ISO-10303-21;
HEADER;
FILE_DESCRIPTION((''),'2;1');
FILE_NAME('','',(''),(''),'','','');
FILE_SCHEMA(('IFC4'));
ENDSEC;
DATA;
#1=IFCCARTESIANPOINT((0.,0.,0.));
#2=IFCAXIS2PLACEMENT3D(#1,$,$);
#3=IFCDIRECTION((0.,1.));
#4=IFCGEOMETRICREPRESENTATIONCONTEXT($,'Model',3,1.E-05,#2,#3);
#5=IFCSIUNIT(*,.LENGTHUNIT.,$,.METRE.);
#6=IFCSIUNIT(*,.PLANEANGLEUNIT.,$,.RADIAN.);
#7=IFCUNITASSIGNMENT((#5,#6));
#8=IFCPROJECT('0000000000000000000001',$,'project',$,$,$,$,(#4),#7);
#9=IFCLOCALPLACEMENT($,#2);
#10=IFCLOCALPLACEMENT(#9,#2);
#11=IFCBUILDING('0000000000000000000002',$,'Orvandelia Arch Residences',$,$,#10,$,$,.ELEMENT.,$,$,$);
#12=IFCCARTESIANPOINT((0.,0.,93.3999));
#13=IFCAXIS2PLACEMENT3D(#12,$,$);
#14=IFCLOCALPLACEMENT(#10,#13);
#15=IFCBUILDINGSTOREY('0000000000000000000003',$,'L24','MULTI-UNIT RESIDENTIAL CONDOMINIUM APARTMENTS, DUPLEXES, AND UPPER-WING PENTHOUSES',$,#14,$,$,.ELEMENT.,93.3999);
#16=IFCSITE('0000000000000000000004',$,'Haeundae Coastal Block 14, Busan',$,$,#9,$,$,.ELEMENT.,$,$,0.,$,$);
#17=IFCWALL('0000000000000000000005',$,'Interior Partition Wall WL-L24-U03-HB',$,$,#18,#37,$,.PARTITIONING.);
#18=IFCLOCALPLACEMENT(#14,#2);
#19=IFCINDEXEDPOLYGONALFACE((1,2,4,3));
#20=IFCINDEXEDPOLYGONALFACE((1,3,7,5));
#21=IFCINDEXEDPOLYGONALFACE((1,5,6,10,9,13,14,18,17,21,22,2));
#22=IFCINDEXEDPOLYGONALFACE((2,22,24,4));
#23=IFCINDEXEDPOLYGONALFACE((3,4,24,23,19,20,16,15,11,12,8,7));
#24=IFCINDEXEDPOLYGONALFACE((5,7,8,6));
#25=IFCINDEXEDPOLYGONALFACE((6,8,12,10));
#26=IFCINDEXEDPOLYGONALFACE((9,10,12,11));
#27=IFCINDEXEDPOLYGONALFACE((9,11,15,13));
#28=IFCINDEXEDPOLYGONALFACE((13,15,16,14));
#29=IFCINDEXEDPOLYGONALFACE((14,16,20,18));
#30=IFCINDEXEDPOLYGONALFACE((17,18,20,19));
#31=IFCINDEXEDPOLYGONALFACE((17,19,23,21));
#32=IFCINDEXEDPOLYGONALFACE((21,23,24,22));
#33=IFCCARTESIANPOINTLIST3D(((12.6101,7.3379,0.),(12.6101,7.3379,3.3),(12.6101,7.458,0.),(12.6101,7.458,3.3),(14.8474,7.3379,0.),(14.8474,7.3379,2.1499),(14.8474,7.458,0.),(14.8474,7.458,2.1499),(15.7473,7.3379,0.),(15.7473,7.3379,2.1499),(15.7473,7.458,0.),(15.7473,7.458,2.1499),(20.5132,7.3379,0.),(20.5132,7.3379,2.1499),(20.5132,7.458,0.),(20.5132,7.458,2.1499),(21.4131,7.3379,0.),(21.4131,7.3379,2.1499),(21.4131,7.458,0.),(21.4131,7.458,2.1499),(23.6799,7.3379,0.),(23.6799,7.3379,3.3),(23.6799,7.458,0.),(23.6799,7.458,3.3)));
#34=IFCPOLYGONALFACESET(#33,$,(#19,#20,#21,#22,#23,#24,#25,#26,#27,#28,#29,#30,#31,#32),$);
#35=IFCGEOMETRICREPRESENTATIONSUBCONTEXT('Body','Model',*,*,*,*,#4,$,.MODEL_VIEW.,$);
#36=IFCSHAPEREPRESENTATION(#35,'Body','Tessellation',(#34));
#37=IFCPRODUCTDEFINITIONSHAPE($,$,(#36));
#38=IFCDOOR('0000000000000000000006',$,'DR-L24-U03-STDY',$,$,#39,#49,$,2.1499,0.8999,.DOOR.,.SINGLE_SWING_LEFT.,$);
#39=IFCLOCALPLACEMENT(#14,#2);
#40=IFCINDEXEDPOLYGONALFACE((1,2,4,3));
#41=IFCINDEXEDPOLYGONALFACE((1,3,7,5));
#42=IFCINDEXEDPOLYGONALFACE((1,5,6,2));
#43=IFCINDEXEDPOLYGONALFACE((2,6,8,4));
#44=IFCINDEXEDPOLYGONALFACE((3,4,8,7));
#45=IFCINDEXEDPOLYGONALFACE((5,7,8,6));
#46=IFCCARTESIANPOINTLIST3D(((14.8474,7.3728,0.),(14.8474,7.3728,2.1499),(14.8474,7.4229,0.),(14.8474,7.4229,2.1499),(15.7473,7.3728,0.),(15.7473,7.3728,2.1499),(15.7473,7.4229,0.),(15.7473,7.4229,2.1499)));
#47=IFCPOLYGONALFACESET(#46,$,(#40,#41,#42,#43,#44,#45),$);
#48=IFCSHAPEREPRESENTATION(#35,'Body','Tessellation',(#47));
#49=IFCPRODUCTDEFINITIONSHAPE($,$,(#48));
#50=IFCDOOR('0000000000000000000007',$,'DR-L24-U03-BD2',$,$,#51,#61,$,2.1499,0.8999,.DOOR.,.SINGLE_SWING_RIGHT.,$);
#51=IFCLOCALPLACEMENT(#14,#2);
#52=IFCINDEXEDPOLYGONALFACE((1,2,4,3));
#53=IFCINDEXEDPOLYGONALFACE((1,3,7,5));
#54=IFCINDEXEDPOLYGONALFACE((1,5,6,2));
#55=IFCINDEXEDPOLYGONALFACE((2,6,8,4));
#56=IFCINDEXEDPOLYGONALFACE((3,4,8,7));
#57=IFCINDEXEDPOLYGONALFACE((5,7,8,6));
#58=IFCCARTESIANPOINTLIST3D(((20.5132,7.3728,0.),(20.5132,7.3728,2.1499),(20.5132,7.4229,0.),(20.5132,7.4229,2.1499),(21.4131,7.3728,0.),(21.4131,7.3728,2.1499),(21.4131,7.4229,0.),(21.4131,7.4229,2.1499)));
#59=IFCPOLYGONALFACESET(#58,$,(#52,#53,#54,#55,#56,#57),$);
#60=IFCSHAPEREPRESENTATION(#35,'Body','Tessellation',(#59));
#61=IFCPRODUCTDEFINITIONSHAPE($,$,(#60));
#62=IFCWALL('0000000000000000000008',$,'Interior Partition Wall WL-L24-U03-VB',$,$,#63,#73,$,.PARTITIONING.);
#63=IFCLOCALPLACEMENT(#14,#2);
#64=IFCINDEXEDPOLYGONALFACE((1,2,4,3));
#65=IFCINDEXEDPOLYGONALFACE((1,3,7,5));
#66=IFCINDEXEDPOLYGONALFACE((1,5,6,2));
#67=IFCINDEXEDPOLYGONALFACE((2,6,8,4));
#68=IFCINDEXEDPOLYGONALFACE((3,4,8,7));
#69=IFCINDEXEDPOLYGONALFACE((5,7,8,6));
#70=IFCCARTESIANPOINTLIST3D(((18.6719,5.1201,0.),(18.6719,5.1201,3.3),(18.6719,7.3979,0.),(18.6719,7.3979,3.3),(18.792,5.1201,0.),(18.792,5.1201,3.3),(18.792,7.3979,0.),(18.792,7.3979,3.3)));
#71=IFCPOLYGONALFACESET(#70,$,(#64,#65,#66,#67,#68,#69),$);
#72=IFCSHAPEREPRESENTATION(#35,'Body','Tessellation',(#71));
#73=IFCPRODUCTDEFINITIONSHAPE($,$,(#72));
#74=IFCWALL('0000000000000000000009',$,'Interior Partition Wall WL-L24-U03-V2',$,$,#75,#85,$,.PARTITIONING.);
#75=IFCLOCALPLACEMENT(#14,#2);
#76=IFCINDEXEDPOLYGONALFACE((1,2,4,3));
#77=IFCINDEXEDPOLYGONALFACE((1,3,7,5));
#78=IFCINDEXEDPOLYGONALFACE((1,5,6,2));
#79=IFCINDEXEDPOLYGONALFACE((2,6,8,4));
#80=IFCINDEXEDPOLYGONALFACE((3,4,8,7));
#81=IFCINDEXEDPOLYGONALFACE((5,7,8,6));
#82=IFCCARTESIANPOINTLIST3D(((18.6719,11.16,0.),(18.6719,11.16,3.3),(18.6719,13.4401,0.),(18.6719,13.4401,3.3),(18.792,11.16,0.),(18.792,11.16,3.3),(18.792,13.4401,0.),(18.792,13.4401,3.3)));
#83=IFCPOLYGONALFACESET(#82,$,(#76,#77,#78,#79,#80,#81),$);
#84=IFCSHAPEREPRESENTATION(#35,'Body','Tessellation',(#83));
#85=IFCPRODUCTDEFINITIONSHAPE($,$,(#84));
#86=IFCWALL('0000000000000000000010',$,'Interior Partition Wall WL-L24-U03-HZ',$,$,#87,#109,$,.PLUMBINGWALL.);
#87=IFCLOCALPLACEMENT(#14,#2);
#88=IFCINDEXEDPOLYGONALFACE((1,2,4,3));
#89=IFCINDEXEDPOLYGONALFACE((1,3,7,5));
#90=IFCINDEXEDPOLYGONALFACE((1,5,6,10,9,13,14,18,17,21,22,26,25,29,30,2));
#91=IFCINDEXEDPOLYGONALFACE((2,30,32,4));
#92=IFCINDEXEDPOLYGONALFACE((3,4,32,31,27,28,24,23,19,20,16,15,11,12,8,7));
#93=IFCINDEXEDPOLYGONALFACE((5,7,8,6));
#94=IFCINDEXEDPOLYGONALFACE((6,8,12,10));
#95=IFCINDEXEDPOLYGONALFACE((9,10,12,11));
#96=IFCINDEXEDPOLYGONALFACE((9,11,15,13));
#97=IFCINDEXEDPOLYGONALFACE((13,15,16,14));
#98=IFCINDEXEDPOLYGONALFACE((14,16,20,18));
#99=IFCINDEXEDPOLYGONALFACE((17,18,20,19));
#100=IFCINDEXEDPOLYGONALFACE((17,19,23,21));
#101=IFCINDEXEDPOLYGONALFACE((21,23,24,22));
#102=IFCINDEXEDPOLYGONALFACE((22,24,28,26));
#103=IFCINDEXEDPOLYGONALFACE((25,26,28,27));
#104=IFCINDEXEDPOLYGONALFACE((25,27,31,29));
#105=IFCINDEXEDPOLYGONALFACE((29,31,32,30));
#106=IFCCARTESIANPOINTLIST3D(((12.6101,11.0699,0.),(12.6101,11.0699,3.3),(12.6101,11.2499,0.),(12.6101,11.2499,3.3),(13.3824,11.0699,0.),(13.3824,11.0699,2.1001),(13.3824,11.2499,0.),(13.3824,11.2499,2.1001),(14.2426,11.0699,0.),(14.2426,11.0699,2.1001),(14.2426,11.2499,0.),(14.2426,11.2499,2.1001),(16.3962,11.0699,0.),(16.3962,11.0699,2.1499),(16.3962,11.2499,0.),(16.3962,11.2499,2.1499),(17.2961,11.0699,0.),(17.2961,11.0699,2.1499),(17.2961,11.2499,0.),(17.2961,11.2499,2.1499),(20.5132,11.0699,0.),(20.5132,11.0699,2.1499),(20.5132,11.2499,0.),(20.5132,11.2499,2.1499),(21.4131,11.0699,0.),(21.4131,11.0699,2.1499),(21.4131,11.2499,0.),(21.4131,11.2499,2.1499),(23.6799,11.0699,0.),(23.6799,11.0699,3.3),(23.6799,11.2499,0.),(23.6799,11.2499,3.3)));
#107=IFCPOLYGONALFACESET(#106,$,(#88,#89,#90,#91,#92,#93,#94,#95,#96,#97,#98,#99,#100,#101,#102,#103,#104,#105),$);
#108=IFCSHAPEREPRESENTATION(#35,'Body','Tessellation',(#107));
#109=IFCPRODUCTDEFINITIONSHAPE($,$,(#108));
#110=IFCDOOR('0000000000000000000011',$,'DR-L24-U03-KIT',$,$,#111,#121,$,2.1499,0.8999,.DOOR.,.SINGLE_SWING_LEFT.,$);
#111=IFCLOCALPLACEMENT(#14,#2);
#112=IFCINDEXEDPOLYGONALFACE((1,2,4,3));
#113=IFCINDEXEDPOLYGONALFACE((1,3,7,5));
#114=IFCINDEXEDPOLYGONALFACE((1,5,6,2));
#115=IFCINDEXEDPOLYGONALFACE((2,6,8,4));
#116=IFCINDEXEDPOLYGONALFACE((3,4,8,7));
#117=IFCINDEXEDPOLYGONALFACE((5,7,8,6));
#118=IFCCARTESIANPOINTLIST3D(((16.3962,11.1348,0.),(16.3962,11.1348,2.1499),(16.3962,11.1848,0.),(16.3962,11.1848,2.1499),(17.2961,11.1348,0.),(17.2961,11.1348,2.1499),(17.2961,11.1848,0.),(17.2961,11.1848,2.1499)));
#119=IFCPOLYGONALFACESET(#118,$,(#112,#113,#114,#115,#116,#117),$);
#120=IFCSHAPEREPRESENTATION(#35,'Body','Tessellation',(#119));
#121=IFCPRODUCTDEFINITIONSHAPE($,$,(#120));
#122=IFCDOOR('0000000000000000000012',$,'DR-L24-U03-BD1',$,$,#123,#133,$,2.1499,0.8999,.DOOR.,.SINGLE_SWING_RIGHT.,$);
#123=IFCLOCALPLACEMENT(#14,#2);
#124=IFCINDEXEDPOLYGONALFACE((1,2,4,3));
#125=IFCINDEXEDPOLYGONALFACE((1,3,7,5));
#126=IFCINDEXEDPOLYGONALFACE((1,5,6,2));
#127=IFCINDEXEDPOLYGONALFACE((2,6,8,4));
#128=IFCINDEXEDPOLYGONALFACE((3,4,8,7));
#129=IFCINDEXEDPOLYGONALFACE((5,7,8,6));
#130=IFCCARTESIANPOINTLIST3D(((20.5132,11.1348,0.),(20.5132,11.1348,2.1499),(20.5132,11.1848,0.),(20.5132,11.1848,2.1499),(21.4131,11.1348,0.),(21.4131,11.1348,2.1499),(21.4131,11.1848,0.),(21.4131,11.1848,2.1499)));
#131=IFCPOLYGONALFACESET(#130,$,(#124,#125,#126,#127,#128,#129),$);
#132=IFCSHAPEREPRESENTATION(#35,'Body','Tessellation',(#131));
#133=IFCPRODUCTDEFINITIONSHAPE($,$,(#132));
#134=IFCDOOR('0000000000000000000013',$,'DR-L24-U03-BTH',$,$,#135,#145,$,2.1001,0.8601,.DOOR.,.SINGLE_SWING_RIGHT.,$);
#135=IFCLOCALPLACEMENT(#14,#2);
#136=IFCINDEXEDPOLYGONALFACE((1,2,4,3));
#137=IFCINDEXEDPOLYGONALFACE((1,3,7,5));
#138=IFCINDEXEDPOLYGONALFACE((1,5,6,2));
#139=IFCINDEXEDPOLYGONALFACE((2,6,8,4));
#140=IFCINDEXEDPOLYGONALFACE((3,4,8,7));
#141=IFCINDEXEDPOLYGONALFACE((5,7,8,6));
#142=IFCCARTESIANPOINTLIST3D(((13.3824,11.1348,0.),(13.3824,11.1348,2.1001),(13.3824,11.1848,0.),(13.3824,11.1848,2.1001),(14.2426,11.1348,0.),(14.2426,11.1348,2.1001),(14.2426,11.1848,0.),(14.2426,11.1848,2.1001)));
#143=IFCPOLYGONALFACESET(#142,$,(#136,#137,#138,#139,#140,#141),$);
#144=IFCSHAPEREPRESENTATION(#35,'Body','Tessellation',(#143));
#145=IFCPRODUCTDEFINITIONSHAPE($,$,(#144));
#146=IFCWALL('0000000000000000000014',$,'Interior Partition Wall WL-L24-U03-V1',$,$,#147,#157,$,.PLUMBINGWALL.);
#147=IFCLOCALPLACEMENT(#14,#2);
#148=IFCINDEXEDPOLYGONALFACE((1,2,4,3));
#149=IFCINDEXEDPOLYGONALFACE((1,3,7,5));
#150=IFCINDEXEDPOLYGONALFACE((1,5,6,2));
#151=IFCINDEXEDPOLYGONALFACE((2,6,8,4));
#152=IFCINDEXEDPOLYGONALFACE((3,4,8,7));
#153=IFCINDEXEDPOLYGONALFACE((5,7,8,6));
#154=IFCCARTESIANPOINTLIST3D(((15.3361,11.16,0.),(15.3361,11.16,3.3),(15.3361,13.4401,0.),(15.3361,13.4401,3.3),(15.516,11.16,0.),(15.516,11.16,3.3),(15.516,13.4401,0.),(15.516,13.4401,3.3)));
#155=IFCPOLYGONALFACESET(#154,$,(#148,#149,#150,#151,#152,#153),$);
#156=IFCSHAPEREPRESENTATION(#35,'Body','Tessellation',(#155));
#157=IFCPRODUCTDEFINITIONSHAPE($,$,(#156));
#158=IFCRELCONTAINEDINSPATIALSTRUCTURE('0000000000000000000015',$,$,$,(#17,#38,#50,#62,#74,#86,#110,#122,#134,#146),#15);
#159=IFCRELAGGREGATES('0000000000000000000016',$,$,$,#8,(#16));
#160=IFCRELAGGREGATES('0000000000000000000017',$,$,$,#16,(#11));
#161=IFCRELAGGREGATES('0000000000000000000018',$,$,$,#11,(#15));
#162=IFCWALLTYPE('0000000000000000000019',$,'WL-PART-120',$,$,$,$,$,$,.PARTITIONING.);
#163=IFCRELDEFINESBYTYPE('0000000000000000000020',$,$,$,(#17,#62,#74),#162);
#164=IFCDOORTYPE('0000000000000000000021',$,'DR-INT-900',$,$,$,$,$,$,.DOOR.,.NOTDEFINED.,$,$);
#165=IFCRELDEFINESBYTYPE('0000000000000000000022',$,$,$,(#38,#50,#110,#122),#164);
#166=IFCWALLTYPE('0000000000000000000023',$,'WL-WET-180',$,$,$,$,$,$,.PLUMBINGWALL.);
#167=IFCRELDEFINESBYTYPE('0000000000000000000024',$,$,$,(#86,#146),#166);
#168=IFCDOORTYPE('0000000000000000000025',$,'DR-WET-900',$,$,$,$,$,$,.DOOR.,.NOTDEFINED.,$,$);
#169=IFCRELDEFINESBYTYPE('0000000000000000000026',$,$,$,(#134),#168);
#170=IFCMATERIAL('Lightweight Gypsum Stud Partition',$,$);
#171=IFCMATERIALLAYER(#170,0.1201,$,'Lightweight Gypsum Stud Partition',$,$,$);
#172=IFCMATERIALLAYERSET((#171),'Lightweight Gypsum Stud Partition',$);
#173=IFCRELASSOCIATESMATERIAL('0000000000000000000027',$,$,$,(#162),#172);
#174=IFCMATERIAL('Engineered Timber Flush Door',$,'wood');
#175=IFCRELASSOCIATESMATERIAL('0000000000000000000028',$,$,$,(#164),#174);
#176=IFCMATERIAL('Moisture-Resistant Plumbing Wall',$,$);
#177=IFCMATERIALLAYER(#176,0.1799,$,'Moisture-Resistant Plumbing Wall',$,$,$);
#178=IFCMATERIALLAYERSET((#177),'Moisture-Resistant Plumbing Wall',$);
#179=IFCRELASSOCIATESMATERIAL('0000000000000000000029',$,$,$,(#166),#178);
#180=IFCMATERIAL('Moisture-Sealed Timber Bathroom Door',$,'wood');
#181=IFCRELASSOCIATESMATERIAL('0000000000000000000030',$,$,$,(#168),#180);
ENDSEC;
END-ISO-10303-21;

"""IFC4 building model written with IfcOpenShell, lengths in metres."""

from ifc_helpers import new_model, si_unit, direction, frame, frame_2d, origin, place, context, subcontext, project, spatial, rectangle, extrude, material, layer, layer_set, type_object, element, fill, save


model = new_model("IFC4")

# Units and contexts
model_context = context("Model", 3, precision=1e-05, world=origin(), true_north=direction((0.0, 1.0)))
body_context = subcontext(model_context, "Body", "Model", "MODEL_VIEW")
ifc_project = project(units=[si_unit("LENGTHUNIT", "METRE"), si_unit("PLANEANGLEUNIT", "RADIAN")], contexts=[model_context])

# Site, building, storey
site_placement = place(None, origin())
site = spatial("IfcSite", under=ifc_project, at=site_placement, Name="Haeundae Coastal Block 14, Busan", CompositionType="ELEMENT", RefElevation=0.0)
building_placement = place(site_placement, origin())
building = spatial("IfcBuilding", under=site, at=building_placement, Name="Orvandelia Arch Residences", CompositionType="ELEMENT")
storey_placement = place(building_placement, frame((0.0, 0.0, 93.3999)))
storey = spatial("IfcBuildingStorey", under=building, at=storey_placement, Name="L24", Description="MULTI-UNIT RESIDENTIAL CONDOMINIUM APARTMENTS, DUPLEXES, AND UPPER-WING PENTHOUSES", CompositionType="ELEMENT", Elevation=93.3999)

# Wall, openings, doors
ifc_material_1 = material(Name="Lightweight Gypsum Stud Partition")
ifc_layer_1 = layer(ifc_material_1, 0.1201, Name="Lightweight Gypsum Stud Partition")
ifc_layer_set_1 = layer_set([ifc_layer_1], Name="Lightweight Gypsum Stud Partition")
wall_type_1 = type_object("IfcWallType", Name="WL-PART-120", PredefinedType="PARTITIONING", material=ifc_layer_set_1)
wall_1_placement = place(storey_placement, frame((12.6101, 7.3979, 0.0), z_axis=(0.0, 0.0, 1.0), x_axis=(1.0, 0.0, 0.0)))
wall_1 = element("IfcWall", 1, at=wall_1_placement, inside=storey, type_object=wall_type_1, Name="Interior Partition Wall WL-L24-U03-HB", PredefinedType="PARTITIONING", context=body_context, shape_type="SweptSolid", body=[
    extrude(rectangle(XDim=11.0698, YDim=0.1201, at=frame_2d((5.5349, 0.0))), origin(), (0.0, 0.0, 1.0), 3.3),
])
opening_1_placement = place(wall_1_placement, frame((2.2373, 0.0, 0.0)))
opening_1 = element("IfcOpeningElement", 2, at=opening_1_placement, cuts=wall_1, PredefinedType="OPENING", context=body_context, shape_type="SweptSolid", body=[
    extrude(rectangle(XDim=0.8999, YDim=2.1499, at=frame_2d((0.45, 1.075))), frame((0.0, 0.0701, 0.0), z_axis=(0.0, -1.0, 0.0), x_axis=(1.0, 0.0, 0.0)), (0.0, 0.0, 1.0), 0.1401),
])
opening_2_placement = place(wall_1_placement, frame((7.9031, 0.0, 0.0)))
opening_2 = element("IfcOpeningElement", 3, at=opening_2_placement, cuts=wall_1, PredefinedType="OPENING", context=body_context, shape_type="SweptSolid", body=[
    extrude(rectangle(XDim=0.8999, YDim=2.1499, at=frame_2d((0.45, 1.075))), frame((0.0, 0.0701, 0.0), z_axis=(0.0, -1.0, 0.0), x_axis=(1.0, 0.0, 0.0)), (0.0, 0.0, 1.0), 0.1401),
])
ifc_material_2 = material(Name="Engineered Timber Flush Door", Category="wood")
door_type_1 = type_object("IfcDoorType", Name="DR-INT-900", OperationType="NOTDEFINED", PredefinedType="DOOR", material=ifc_material_2)
door_1_placement = place(opening_1_placement, origin())
door_1 = element("IfcDoor", 4, at=door_1_placement, inside=storey, type_object=door_type_1, Name="DR-L24-U03-STDY", OperationType="SINGLE_SWING_LEFT", OverallHeight=2.1499, OverallWidth=0.8999, PredefinedType="DOOR", context=body_context, shape_type="SweptSolid", body=[
    extrude(rectangle(XDim=0.8999, YDim=2.1499, at=frame_2d((0.45, 1.075))), frame((0.0, 0.0249, 0.0), z_axis=(0.0, -1.0, 0.0), x_axis=(1.0, 0.0, 0.0)), (0.0, 0.0, 1.0), 0.05),
])
fill(opening_1, door_1)
door_2_placement = place(opening_2_placement, origin())
door_2 = element("IfcDoor", 5, at=door_2_placement, inside=storey, type_object=door_type_1, Name="DR-L24-U03-BD2", OperationType="SINGLE_SWING_RIGHT", OverallHeight=2.1499, OverallWidth=0.8999, PredefinedType="DOOR", context=body_context, shape_type="SweptSolid", body=[
    extrude(rectangle(XDim=0.8999, YDim=2.1499, at=frame_2d((0.45, 1.075))), frame((0.0, 0.0249, 0.0), z_axis=(0.0, -1.0, 0.0), x_axis=(1.0, 0.0, 0.0)), (0.0, 0.0, 1.0), 0.05),
])
fill(opening_2, door_2)

# Walls
wall_2_placement = place(storey_placement, frame((18.7319, 5.1201, 0.0), z_axis=(0.0, 0.0, 1.0), x_axis=(0.0, 1.0, 0.0)))
element("IfcWall", 6, at=wall_2_placement, inside=storey, type_object=wall_type_1, Name="Interior Partition Wall WL-L24-U03-VB", PredefinedType="PARTITIONING", context=body_context, shape_type="SweptSolid", body=[
    extrude(rectangle(XDim=2.2778, YDim=0.1201, at=frame_2d((1.1389, 0.0))), origin(), (0.0, 0.0, 1.0), 3.3),
])
wall_3_placement = place(storey_placement, frame((18.7319, 11.1599, 0.0), z_axis=(0.0, 0.0, 1.0), x_axis=(0.0, 1.0, 0.0)))
element("IfcWall", 7, at=wall_3_placement, inside=storey, type_object=wall_type_1, Name="Interior Partition Wall WL-L24-U03-V2", PredefinedType="PARTITIONING", context=body_context, shape_type="SweptSolid", body=[
    extrude(rectangle(XDim=2.28, YDim=0.1201, at=frame_2d((1.1401, 0.0))), origin(), (0.0, 0.0, 1.0), 3.3),
])

# Wall, openings, doors
ifc_material_3 = material(Name="Moisture-Resistant Plumbing Wall")
ifc_layer_2 = layer(ifc_material_3, 0.1799, Name="Moisture-Resistant Plumbing Wall")
ifc_layer_set_2 = layer_set([ifc_layer_2], Name="Moisture-Resistant Plumbing Wall")
wall_type_2 = type_object("IfcWallType", Name="WL-WET-180", PredefinedType="PLUMBINGWALL", material=ifc_layer_set_2)
wall_4_placement = place(storey_placement, frame((12.6101, 11.1599, 0.0), z_axis=(0.0, 0.0, 1.0), x_axis=(1.0, 0.0, 0.0)))
wall_4 = element("IfcWall", 8, at=wall_4_placement, inside=storey, type_object=wall_type_2, Name="Interior Partition Wall WL-L24-U03-HZ", PredefinedType="PLUMBINGWALL", context=body_context, shape_type="SweptSolid", body=[
    extrude(rectangle(XDim=11.0698, YDim=0.1799, at=frame_2d((5.5349, 0.0))), origin(), (0.0, 0.0, 1.0), 3.3),
])
opening_3_placement = place(wall_4_placement, frame((0.7722, 0.0, 0.0)))
opening_3 = element("IfcOpeningElement", 9, at=opening_3_placement, cuts=wall_4, PredefinedType="OPENING", context=body_context, shape_type="SweptSolid", body=[
    extrude(rectangle(XDim=0.8601, YDim=2.1001, at=frame_2d((0.4302, 1.05))), frame((0.0, 0.1001, 0.0), z_axis=(0.0, -1.0, 0.0), x_axis=(1.0, 0.0, 0.0)), (0.0, 0.0, 1.0), 0.2),
])
opening_4_placement = place(wall_4_placement, frame((3.7861, 0.0, 0.0)))
opening_4 = element("IfcOpeningElement", 10, at=opening_4_placement, cuts=wall_4, PredefinedType="OPENING", context=body_context, shape_type="SweptSolid", body=[
    extrude(rectangle(XDim=0.8999, YDim=2.1499, at=frame_2d((0.45, 1.075))), frame((0.0, 0.1001, 0.0), z_axis=(0.0, -1.0, 0.0), x_axis=(1.0, 0.0, 0.0)), (0.0, 0.0, 1.0), 0.2),
])
opening_5_placement = place(wall_4_placement, frame((7.9031, 0.0, 0.0)))
opening_5 = element("IfcOpeningElement", 11, at=opening_5_placement, cuts=wall_4, PredefinedType="OPENING", context=body_context, shape_type="SweptSolid", body=[
    extrude(rectangle(XDim=0.8999, YDim=2.1499, at=frame_2d((0.45, 1.075))), frame((0.0, 0.1001, 0.0), z_axis=(0.0, -1.0, 0.0), x_axis=(1.0, 0.0, 0.0)), (0.0, 0.0, 1.0), 0.2),
])
door_3_placement = place(opening_4_placement, origin())
door_3 = element("IfcDoor", 12, at=door_3_placement, inside=storey, type_object=door_type_1, Name="DR-L24-U03-KIT", OperationType="SINGLE_SWING_LEFT", OverallHeight=2.1499, OverallWidth=0.8999, PredefinedType="DOOR", context=body_context, shape_type="SweptSolid", body=[
    extrude(rectangle(XDim=0.8999, YDim=2.1499, at=frame_2d((0.45, 1.075))), frame((0.0, 0.0249, 0.0), z_axis=(0.0, -1.0, 0.0), x_axis=(1.0, 0.0, 0.0)), (0.0, 0.0, 1.0), 0.05),
])
fill(opening_4, door_3)
door_4_placement = place(opening_5_placement, origin())
door_4 = element("IfcDoor", 13, at=door_4_placement, inside=storey, type_object=door_type_1, Name="DR-L24-U03-BD1", OperationType="SINGLE_SWING_RIGHT", OverallHeight=2.1499, OverallWidth=0.8999, PredefinedType="DOOR", context=body_context, shape_type="SweptSolid", body=[
    extrude(rectangle(XDim=0.8999, YDim=2.1499, at=frame_2d((0.45, 1.075))), frame((0.0, 0.0249, 0.0), z_axis=(0.0, -1.0, 0.0), x_axis=(1.0, 0.0, 0.0)), (0.0, 0.0, 1.0), 0.05),
])
fill(opening_5, door_4)
ifc_material_4 = material(Name="Moisture-Sealed Timber Bathroom Door", Category="wood")
door_type_2 = type_object("IfcDoorType", Name="DR-WET-900", OperationType="NOTDEFINED", PredefinedType="DOOR", material=ifc_material_4)
door_5_placement = place(opening_3_placement, origin())
door_5 = element("IfcDoor", 14, at=door_5_placement, inside=storey, type_object=door_type_2, Name="DR-L24-U03-BTH", OperationType="SINGLE_SWING_RIGHT", OverallHeight=2.1001, OverallWidth=0.8601, PredefinedType="DOOR", context=body_context, shape_type="SweptSolid", body=[
    extrude(rectangle(XDim=0.8601, YDim=2.1001, at=frame_2d((0.4302, 1.05))), frame((0.0, 0.0249, 0.0), z_axis=(0.0, -1.0, 0.0), x_axis=(1.0, 0.0, 0.0)), (0.0, 0.0, 1.0), 0.05),
])
fill(opening_3, door_5)

# Wall
wall_5_placement = place(storey_placement, frame((15.426, 11.1599, 0.0), z_axis=(0.0, 0.0, 1.0), x_axis=(0.0, 1.0, 0.0)))
element("IfcWall", 15, at=wall_5_placement, inside=storey, type_object=wall_type_2, Name="Interior Partition Wall WL-L24-U03-V1", PredefinedType="PLUMBINGWALL", context=body_context, shape_type="SweptSolid", body=[
    extrude(rectangle(XDim=2.28, YDim=0.1799, at=frame_2d((1.1401, 0.0))), origin(), (0.0, 0.0, 1.0), 3.3),
])

save(model, "model.ifc")
